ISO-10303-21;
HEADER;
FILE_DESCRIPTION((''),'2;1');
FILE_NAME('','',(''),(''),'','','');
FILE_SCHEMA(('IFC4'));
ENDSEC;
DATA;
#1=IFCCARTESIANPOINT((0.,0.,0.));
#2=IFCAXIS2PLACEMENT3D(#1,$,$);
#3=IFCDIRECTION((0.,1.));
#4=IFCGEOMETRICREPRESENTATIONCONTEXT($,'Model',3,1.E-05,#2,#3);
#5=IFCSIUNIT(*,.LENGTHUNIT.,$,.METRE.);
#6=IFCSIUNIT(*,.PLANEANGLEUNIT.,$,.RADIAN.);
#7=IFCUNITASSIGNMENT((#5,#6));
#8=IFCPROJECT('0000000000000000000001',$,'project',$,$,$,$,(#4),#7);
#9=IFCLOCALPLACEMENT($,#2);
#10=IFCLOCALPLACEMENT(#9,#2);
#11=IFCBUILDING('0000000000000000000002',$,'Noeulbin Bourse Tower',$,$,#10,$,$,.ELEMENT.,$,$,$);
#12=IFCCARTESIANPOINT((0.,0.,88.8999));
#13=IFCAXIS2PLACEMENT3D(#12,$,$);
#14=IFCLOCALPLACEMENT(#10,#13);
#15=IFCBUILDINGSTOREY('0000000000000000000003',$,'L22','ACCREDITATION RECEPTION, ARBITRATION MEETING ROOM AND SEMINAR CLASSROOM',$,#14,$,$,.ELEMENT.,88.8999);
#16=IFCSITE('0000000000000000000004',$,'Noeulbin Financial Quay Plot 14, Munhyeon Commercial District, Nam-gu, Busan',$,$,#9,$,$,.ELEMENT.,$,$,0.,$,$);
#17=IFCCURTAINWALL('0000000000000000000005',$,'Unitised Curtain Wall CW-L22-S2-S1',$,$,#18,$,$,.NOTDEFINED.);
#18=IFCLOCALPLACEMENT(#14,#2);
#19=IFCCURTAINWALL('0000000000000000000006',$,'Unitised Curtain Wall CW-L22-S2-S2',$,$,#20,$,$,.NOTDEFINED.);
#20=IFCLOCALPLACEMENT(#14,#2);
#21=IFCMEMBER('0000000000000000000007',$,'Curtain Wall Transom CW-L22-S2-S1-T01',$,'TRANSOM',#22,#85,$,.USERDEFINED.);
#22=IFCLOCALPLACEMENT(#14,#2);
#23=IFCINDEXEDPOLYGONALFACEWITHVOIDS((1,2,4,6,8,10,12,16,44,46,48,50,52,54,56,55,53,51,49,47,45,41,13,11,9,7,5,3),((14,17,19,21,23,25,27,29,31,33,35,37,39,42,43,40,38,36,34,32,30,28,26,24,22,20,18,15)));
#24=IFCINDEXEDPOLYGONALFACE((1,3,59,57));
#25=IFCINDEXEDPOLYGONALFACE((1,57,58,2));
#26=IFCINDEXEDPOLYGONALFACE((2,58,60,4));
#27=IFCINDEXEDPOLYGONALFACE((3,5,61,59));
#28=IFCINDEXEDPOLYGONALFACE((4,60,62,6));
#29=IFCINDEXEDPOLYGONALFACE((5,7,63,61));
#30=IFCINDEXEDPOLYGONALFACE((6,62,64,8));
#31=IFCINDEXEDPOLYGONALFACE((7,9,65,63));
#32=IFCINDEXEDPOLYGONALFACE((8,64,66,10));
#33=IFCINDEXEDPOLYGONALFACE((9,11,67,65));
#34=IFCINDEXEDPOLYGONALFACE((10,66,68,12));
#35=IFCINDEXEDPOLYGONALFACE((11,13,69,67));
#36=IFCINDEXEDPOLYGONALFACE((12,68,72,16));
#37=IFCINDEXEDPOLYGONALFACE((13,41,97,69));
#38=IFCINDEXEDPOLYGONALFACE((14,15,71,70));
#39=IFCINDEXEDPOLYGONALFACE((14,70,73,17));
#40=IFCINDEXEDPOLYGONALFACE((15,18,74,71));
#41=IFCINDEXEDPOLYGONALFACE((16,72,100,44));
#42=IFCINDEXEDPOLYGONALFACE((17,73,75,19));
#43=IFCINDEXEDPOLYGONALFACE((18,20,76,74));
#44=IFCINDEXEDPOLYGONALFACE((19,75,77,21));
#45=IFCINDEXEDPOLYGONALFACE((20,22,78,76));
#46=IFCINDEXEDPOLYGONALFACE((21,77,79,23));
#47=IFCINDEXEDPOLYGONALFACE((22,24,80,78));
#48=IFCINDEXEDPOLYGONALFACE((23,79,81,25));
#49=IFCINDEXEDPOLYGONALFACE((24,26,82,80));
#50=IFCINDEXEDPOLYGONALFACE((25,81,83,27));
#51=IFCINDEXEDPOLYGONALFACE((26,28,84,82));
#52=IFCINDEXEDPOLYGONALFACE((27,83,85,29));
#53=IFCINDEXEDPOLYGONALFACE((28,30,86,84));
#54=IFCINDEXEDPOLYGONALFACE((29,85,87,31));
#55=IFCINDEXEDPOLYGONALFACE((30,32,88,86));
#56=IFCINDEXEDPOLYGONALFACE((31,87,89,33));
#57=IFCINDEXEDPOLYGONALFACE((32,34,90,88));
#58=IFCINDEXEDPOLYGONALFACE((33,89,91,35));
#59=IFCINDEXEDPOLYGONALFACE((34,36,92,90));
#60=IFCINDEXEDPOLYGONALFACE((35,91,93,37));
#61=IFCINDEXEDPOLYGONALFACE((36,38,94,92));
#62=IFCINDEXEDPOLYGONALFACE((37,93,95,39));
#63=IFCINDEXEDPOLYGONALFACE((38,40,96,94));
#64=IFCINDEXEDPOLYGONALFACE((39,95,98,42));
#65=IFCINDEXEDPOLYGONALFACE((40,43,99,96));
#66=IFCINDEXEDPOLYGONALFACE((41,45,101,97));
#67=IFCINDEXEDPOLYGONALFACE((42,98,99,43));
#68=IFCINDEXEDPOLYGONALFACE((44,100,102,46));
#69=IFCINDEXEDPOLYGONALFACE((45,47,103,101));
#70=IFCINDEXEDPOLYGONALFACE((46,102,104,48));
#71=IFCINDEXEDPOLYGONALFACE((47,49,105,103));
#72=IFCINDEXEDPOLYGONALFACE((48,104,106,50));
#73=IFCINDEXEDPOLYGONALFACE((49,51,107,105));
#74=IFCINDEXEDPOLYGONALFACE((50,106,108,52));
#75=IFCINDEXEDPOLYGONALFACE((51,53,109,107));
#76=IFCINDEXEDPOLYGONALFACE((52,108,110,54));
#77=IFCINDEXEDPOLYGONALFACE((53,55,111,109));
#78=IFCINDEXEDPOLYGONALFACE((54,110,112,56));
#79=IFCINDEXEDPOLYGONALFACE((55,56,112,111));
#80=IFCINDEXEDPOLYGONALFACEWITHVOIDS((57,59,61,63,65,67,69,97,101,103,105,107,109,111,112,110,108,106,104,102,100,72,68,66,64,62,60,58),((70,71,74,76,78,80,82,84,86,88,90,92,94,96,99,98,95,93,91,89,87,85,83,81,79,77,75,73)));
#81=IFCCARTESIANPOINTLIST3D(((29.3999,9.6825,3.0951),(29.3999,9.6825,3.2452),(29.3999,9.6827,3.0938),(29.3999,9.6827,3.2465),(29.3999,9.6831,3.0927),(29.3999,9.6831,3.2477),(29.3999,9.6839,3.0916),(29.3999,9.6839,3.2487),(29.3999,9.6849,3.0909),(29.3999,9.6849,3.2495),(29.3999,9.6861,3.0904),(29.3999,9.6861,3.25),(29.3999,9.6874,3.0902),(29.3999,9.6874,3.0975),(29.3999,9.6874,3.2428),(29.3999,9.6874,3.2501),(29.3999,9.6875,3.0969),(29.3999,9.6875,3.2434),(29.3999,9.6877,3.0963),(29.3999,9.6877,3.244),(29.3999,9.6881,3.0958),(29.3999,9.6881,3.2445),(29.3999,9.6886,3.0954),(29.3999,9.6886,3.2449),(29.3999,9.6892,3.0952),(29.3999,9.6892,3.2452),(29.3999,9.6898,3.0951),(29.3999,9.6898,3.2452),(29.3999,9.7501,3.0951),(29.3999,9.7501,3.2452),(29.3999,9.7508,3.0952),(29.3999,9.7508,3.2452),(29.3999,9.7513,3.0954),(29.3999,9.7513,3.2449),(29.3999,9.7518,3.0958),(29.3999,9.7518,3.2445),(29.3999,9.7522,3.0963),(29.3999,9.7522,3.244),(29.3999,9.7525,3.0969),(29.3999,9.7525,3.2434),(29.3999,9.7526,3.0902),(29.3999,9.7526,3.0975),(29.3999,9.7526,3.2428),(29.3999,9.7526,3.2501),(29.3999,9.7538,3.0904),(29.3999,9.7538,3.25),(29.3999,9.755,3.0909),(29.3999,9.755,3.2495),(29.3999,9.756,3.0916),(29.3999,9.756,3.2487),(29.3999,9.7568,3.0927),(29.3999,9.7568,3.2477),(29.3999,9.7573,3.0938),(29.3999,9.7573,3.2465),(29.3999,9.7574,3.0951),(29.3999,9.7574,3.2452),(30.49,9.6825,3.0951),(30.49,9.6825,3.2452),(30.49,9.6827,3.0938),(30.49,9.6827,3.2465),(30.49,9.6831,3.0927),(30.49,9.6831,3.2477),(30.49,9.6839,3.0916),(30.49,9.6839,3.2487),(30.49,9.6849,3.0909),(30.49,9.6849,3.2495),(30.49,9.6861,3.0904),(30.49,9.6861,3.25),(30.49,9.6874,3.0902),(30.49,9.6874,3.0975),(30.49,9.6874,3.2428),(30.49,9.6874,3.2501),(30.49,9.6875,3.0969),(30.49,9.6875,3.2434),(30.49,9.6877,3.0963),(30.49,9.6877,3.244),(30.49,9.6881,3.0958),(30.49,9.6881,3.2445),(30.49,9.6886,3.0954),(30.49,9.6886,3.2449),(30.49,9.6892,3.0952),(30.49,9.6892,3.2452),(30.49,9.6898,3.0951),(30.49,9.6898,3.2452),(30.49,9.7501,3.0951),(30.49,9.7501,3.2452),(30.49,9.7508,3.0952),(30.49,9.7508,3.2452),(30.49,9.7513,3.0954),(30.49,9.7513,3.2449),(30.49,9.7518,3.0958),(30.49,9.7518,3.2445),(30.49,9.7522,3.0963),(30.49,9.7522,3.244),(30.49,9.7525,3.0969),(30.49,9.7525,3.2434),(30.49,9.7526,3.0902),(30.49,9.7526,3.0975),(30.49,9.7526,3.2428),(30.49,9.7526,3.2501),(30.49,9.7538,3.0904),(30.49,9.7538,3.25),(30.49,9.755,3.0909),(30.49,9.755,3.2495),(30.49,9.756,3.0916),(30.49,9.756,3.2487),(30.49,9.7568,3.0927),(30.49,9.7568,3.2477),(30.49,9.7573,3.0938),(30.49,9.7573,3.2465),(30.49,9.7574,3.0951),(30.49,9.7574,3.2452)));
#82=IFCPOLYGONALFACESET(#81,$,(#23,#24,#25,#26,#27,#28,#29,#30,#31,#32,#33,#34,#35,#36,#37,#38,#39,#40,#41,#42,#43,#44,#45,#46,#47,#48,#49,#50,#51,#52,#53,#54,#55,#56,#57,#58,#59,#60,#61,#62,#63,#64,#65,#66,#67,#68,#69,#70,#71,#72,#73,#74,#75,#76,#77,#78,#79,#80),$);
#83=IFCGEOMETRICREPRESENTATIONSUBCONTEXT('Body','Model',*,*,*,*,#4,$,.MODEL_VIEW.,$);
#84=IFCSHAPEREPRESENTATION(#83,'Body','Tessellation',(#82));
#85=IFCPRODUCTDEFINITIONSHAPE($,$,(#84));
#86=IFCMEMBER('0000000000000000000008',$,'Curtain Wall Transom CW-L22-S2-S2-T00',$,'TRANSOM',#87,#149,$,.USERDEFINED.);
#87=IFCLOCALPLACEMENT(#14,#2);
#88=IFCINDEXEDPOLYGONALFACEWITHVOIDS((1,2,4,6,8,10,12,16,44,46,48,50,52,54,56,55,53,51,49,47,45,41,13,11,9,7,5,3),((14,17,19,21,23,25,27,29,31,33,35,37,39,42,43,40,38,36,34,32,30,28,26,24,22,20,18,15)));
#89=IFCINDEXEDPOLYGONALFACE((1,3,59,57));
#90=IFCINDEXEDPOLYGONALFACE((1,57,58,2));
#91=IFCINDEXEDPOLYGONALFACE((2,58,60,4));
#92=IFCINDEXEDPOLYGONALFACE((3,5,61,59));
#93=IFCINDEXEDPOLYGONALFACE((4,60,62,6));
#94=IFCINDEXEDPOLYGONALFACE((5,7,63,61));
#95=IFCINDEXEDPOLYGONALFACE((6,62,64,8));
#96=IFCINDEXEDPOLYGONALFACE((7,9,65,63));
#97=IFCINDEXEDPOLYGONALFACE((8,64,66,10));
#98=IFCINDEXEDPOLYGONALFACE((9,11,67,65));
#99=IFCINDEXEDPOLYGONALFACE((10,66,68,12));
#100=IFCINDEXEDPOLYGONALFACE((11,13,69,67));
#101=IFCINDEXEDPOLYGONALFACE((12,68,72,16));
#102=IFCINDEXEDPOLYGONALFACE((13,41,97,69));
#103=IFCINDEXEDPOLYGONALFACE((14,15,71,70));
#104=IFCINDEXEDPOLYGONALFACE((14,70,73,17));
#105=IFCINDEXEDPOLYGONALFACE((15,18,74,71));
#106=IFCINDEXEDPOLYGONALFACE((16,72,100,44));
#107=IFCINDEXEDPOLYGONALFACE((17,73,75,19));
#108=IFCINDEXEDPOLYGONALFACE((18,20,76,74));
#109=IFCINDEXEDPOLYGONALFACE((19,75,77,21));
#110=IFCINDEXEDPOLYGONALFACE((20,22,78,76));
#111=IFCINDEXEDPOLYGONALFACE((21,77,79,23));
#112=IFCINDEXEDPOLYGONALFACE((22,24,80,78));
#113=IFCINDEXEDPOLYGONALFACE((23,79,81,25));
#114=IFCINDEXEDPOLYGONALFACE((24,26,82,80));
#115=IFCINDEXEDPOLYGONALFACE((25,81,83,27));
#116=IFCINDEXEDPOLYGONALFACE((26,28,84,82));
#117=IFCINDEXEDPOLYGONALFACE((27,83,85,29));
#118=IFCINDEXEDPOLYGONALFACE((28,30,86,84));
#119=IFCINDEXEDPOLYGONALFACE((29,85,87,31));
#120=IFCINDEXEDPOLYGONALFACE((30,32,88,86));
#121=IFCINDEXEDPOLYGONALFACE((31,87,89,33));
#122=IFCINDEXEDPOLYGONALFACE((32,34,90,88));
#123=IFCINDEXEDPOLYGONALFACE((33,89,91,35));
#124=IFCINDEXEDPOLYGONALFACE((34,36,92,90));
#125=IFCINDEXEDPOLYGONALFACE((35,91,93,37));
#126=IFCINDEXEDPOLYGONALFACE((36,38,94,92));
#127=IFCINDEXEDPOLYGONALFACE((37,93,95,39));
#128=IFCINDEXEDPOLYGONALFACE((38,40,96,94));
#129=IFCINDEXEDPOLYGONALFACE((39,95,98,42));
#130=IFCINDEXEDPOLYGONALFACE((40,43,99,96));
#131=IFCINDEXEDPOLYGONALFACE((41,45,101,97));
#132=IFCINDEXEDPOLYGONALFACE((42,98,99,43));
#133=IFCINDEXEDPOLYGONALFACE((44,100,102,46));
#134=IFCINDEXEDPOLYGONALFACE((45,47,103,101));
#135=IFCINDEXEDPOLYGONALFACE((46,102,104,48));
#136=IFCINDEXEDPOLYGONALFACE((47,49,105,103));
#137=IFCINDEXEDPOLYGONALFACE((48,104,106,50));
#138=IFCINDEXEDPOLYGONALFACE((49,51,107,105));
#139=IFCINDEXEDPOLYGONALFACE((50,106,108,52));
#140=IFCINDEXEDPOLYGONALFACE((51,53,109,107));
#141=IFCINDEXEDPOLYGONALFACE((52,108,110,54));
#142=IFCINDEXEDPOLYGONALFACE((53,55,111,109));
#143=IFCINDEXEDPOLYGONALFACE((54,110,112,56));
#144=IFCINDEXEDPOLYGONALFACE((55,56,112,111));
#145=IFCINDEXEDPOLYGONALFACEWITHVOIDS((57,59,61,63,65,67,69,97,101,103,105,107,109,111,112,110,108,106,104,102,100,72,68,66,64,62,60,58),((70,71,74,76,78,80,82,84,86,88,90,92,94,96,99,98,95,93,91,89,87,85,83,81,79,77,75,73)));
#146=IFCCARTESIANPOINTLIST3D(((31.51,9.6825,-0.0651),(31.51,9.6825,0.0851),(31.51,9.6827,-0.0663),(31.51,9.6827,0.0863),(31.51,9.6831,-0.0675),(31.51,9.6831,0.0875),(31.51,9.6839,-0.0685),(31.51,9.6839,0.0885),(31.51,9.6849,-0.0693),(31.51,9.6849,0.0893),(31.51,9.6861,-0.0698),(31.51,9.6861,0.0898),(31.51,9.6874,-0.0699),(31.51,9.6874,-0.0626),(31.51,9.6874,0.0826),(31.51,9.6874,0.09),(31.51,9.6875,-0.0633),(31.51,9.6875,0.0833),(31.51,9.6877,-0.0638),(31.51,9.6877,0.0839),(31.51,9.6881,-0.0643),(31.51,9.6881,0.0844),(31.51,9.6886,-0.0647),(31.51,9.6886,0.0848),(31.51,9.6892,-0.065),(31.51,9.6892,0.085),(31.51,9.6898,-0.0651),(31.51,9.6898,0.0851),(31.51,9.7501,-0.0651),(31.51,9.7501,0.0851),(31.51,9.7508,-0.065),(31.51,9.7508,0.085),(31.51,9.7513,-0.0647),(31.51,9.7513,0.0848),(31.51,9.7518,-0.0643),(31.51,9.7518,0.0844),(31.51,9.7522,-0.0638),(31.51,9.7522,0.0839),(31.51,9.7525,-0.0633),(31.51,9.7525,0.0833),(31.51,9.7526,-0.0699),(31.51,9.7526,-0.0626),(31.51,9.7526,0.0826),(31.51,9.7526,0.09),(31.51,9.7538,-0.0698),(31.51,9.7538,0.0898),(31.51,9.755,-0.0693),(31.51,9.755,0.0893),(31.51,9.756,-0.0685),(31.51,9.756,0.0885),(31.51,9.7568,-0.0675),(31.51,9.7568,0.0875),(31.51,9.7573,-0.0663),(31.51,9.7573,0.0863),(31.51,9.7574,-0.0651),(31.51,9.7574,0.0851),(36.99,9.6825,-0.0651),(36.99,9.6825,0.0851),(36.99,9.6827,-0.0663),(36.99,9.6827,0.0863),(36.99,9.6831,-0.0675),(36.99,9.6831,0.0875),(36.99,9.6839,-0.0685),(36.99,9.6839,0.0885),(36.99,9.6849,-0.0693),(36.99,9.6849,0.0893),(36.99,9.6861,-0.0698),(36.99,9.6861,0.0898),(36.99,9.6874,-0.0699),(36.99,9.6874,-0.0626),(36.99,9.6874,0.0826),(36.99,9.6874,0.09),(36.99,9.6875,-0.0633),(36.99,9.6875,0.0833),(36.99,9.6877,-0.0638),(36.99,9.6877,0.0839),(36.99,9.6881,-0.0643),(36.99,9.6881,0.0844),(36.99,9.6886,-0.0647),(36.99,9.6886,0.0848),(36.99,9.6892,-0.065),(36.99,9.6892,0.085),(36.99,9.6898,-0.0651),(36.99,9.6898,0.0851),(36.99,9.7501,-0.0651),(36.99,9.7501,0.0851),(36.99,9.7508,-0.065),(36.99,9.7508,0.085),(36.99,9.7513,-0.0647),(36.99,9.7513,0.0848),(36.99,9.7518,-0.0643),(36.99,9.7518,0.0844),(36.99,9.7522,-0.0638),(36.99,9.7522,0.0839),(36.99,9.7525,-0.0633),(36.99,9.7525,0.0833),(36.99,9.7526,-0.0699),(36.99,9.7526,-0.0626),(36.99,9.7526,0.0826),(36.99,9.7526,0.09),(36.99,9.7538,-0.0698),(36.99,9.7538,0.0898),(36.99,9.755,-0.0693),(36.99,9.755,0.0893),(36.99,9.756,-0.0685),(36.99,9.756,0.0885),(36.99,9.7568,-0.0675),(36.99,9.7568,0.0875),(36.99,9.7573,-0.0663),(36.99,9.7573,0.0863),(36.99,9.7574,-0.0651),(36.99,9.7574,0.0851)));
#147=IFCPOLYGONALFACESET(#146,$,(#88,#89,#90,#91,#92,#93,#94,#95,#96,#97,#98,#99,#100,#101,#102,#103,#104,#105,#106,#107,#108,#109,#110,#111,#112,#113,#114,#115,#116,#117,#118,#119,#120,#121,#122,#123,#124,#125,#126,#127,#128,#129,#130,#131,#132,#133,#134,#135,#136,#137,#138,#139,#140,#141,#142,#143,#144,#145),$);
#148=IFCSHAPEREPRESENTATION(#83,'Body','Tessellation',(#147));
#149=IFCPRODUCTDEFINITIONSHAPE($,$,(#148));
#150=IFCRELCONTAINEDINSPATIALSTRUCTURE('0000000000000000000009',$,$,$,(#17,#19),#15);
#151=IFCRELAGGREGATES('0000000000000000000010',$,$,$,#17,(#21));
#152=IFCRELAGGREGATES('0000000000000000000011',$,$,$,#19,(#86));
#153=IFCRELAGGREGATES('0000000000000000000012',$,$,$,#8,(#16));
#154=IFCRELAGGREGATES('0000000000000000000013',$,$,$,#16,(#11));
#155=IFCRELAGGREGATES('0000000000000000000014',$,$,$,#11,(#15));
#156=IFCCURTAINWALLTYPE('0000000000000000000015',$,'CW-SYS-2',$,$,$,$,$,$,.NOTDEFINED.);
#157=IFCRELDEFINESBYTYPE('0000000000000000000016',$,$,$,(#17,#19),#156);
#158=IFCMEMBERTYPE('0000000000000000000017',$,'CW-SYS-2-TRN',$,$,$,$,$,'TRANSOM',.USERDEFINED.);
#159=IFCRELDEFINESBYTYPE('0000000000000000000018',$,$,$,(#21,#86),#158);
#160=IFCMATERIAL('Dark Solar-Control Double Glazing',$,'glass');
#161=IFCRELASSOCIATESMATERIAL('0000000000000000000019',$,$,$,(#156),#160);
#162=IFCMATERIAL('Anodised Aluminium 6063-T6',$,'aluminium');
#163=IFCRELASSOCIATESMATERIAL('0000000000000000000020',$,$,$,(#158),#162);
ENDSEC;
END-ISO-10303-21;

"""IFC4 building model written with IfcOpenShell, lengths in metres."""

from ifc_helpers import new_model, si_unit, direction, frame, origin, origin_2d, place, context, subcontext, project, spatial, hollow_rectangle, extrude, material, material_profile, profile_set, type_object, element, aggregate, save


model = new_model("IFC4")

# Units and contexts
model_context = context("Model", 3, precision=1e-05, world=origin(), true_north=direction((0.0, 1.0)))
body_context = subcontext(model_context, "Body", "Model", "MODEL_VIEW")
ifc_project = project(units=[si_unit("LENGTHUNIT", "METRE"), si_unit("PLANEANGLEUNIT", "RADIAN")], contexts=[model_context])

# Site, building, storey
site_placement = place(None, origin())
site = spatial("IfcSite", under=ifc_project, at=site_placement, Name="Noeulbin Financial Quay Plot 14, Munhyeon Commercial District, Nam-gu, Busan", CompositionType="ELEMENT", RefElevation=0.0)
building_placement = place(site_placement, origin())
building = spatial("IfcBuilding", under=site, at=building_placement, Name="Noeulbin Bourse Tower", CompositionType="ELEMENT")
storey_placement = place(building_placement, frame((0.0, 0.0, 88.8999)))
storey = spatial("IfcBuildingStorey", under=building, at=storey_placement, Name="L22", Description="ACCREDITATION RECEPTION, ARBITRATION MEETING ROOM AND SEMINAR CLASSROOM", CompositionType="ELEMENT", Elevation=88.8999)

# Curtain walls
ifc_material_1 = material(Name="Dark Solar-Control Double Glazing", Category="glass")
curtain_wall_type = type_object("IfcCurtainWallType", Name="CW-SYS-2", PredefinedType="NOTDEFINED", material=ifc_material_1)
curtain_wall_1_placement = place(storey_placement, origin())
curtain_wall_1 = element("IfcCurtainWall", 1, at=curtain_wall_1_placement, inside=storey, type_object=curtain_wall_type, Name="Unitised Curtain Wall CW-L22-S2-S1", PredefinedType="NOTDEFINED")
ifc_material_2 = material(Name="Anodised Aluminium 6063-T6", Category="aluminium")
curtain_wall_2_placement = place(storey_placement, origin())
curtain_wall_2 = element("IfcCurtainWall", 2, at=curtain_wall_2_placement, inside=storey, type_object=curtain_wall_type, Name="Unitised Curtain Wall CW-L22-S2-S2", PredefinedType="NOTDEFINED")

# Members
ifc_material_profile_1 = material_profile(ifc_material_2, hollow_rectangle(XDim=0.075, YDim=0.1599, WallThickness=0.0049, InnerFilletRadius=0.0024, OuterFilletRadius=0.0049, at=origin_2d()), Name="ALU-TRAN-75x160x5", Category="LoadBearing")
ifc_profile_set_1 = profile_set([ifc_material_profile_1], Name="Anodised Aluminium 6063-T6")
member_type_1 = type_object("IfcMemberType", Name="CW-SYS-2-TRN", ElementType="TRANSOM", PredefinedType="USERDEFINED", material=ifc_profile_set_1)
member_1_placement = place(storey_placement, frame((29.3999, 9.72, 3.1702), z_axis=(1.0, 0.0, 0.0), x_axis=(0.0, 1.0, 0.0)))
member_1 = element("IfcMember", 3, at=member_1_placement, type_object=member_type_1, Name="Curtain Wall Transom CW-L22-S2-S1-T01", ObjectType="TRANSOM", PredefinedType="USERDEFINED", context=body_context, shape_type="SweptSolid", body=[
    extrude(hollow_rectangle(XDim=0.075, YDim=0.1599, WallThickness=0.0049, InnerFilletRadius=0.0024, OuterFilletRadius=0.0049, at=origin_2d()), origin(), (0.0, 0.0, 1.0), 1.0901),
])
member_2_placement = place(storey_placement, frame((31.51, 9.72, 0.01), z_axis=(1.0, 0.0, 0.0), x_axis=(0.0, 1.0, 0.0)))
member_2 = element("IfcMember", 4, at=member_2_placement, type_object=member_type_1, Name="Curtain Wall Transom CW-L22-S2-S2-T00", ObjectType="TRANSOM", PredefinedType="USERDEFINED", context=body_context, shape_type="SweptSolid", body=[
    extrude(hollow_rectangle(XDim=0.075, YDim=0.1599, WallThickness=0.0049, InnerFilletRadius=0.0024, OuterFilletRadius=0.0049, at=origin_2d()), origin(), (0.0, 0.0, 1.0), 5.48),
])

aggregate(curtain_wall_1, [member_1])
aggregate(curtain_wall_2, [member_2])

save(model, "model.ifc")
